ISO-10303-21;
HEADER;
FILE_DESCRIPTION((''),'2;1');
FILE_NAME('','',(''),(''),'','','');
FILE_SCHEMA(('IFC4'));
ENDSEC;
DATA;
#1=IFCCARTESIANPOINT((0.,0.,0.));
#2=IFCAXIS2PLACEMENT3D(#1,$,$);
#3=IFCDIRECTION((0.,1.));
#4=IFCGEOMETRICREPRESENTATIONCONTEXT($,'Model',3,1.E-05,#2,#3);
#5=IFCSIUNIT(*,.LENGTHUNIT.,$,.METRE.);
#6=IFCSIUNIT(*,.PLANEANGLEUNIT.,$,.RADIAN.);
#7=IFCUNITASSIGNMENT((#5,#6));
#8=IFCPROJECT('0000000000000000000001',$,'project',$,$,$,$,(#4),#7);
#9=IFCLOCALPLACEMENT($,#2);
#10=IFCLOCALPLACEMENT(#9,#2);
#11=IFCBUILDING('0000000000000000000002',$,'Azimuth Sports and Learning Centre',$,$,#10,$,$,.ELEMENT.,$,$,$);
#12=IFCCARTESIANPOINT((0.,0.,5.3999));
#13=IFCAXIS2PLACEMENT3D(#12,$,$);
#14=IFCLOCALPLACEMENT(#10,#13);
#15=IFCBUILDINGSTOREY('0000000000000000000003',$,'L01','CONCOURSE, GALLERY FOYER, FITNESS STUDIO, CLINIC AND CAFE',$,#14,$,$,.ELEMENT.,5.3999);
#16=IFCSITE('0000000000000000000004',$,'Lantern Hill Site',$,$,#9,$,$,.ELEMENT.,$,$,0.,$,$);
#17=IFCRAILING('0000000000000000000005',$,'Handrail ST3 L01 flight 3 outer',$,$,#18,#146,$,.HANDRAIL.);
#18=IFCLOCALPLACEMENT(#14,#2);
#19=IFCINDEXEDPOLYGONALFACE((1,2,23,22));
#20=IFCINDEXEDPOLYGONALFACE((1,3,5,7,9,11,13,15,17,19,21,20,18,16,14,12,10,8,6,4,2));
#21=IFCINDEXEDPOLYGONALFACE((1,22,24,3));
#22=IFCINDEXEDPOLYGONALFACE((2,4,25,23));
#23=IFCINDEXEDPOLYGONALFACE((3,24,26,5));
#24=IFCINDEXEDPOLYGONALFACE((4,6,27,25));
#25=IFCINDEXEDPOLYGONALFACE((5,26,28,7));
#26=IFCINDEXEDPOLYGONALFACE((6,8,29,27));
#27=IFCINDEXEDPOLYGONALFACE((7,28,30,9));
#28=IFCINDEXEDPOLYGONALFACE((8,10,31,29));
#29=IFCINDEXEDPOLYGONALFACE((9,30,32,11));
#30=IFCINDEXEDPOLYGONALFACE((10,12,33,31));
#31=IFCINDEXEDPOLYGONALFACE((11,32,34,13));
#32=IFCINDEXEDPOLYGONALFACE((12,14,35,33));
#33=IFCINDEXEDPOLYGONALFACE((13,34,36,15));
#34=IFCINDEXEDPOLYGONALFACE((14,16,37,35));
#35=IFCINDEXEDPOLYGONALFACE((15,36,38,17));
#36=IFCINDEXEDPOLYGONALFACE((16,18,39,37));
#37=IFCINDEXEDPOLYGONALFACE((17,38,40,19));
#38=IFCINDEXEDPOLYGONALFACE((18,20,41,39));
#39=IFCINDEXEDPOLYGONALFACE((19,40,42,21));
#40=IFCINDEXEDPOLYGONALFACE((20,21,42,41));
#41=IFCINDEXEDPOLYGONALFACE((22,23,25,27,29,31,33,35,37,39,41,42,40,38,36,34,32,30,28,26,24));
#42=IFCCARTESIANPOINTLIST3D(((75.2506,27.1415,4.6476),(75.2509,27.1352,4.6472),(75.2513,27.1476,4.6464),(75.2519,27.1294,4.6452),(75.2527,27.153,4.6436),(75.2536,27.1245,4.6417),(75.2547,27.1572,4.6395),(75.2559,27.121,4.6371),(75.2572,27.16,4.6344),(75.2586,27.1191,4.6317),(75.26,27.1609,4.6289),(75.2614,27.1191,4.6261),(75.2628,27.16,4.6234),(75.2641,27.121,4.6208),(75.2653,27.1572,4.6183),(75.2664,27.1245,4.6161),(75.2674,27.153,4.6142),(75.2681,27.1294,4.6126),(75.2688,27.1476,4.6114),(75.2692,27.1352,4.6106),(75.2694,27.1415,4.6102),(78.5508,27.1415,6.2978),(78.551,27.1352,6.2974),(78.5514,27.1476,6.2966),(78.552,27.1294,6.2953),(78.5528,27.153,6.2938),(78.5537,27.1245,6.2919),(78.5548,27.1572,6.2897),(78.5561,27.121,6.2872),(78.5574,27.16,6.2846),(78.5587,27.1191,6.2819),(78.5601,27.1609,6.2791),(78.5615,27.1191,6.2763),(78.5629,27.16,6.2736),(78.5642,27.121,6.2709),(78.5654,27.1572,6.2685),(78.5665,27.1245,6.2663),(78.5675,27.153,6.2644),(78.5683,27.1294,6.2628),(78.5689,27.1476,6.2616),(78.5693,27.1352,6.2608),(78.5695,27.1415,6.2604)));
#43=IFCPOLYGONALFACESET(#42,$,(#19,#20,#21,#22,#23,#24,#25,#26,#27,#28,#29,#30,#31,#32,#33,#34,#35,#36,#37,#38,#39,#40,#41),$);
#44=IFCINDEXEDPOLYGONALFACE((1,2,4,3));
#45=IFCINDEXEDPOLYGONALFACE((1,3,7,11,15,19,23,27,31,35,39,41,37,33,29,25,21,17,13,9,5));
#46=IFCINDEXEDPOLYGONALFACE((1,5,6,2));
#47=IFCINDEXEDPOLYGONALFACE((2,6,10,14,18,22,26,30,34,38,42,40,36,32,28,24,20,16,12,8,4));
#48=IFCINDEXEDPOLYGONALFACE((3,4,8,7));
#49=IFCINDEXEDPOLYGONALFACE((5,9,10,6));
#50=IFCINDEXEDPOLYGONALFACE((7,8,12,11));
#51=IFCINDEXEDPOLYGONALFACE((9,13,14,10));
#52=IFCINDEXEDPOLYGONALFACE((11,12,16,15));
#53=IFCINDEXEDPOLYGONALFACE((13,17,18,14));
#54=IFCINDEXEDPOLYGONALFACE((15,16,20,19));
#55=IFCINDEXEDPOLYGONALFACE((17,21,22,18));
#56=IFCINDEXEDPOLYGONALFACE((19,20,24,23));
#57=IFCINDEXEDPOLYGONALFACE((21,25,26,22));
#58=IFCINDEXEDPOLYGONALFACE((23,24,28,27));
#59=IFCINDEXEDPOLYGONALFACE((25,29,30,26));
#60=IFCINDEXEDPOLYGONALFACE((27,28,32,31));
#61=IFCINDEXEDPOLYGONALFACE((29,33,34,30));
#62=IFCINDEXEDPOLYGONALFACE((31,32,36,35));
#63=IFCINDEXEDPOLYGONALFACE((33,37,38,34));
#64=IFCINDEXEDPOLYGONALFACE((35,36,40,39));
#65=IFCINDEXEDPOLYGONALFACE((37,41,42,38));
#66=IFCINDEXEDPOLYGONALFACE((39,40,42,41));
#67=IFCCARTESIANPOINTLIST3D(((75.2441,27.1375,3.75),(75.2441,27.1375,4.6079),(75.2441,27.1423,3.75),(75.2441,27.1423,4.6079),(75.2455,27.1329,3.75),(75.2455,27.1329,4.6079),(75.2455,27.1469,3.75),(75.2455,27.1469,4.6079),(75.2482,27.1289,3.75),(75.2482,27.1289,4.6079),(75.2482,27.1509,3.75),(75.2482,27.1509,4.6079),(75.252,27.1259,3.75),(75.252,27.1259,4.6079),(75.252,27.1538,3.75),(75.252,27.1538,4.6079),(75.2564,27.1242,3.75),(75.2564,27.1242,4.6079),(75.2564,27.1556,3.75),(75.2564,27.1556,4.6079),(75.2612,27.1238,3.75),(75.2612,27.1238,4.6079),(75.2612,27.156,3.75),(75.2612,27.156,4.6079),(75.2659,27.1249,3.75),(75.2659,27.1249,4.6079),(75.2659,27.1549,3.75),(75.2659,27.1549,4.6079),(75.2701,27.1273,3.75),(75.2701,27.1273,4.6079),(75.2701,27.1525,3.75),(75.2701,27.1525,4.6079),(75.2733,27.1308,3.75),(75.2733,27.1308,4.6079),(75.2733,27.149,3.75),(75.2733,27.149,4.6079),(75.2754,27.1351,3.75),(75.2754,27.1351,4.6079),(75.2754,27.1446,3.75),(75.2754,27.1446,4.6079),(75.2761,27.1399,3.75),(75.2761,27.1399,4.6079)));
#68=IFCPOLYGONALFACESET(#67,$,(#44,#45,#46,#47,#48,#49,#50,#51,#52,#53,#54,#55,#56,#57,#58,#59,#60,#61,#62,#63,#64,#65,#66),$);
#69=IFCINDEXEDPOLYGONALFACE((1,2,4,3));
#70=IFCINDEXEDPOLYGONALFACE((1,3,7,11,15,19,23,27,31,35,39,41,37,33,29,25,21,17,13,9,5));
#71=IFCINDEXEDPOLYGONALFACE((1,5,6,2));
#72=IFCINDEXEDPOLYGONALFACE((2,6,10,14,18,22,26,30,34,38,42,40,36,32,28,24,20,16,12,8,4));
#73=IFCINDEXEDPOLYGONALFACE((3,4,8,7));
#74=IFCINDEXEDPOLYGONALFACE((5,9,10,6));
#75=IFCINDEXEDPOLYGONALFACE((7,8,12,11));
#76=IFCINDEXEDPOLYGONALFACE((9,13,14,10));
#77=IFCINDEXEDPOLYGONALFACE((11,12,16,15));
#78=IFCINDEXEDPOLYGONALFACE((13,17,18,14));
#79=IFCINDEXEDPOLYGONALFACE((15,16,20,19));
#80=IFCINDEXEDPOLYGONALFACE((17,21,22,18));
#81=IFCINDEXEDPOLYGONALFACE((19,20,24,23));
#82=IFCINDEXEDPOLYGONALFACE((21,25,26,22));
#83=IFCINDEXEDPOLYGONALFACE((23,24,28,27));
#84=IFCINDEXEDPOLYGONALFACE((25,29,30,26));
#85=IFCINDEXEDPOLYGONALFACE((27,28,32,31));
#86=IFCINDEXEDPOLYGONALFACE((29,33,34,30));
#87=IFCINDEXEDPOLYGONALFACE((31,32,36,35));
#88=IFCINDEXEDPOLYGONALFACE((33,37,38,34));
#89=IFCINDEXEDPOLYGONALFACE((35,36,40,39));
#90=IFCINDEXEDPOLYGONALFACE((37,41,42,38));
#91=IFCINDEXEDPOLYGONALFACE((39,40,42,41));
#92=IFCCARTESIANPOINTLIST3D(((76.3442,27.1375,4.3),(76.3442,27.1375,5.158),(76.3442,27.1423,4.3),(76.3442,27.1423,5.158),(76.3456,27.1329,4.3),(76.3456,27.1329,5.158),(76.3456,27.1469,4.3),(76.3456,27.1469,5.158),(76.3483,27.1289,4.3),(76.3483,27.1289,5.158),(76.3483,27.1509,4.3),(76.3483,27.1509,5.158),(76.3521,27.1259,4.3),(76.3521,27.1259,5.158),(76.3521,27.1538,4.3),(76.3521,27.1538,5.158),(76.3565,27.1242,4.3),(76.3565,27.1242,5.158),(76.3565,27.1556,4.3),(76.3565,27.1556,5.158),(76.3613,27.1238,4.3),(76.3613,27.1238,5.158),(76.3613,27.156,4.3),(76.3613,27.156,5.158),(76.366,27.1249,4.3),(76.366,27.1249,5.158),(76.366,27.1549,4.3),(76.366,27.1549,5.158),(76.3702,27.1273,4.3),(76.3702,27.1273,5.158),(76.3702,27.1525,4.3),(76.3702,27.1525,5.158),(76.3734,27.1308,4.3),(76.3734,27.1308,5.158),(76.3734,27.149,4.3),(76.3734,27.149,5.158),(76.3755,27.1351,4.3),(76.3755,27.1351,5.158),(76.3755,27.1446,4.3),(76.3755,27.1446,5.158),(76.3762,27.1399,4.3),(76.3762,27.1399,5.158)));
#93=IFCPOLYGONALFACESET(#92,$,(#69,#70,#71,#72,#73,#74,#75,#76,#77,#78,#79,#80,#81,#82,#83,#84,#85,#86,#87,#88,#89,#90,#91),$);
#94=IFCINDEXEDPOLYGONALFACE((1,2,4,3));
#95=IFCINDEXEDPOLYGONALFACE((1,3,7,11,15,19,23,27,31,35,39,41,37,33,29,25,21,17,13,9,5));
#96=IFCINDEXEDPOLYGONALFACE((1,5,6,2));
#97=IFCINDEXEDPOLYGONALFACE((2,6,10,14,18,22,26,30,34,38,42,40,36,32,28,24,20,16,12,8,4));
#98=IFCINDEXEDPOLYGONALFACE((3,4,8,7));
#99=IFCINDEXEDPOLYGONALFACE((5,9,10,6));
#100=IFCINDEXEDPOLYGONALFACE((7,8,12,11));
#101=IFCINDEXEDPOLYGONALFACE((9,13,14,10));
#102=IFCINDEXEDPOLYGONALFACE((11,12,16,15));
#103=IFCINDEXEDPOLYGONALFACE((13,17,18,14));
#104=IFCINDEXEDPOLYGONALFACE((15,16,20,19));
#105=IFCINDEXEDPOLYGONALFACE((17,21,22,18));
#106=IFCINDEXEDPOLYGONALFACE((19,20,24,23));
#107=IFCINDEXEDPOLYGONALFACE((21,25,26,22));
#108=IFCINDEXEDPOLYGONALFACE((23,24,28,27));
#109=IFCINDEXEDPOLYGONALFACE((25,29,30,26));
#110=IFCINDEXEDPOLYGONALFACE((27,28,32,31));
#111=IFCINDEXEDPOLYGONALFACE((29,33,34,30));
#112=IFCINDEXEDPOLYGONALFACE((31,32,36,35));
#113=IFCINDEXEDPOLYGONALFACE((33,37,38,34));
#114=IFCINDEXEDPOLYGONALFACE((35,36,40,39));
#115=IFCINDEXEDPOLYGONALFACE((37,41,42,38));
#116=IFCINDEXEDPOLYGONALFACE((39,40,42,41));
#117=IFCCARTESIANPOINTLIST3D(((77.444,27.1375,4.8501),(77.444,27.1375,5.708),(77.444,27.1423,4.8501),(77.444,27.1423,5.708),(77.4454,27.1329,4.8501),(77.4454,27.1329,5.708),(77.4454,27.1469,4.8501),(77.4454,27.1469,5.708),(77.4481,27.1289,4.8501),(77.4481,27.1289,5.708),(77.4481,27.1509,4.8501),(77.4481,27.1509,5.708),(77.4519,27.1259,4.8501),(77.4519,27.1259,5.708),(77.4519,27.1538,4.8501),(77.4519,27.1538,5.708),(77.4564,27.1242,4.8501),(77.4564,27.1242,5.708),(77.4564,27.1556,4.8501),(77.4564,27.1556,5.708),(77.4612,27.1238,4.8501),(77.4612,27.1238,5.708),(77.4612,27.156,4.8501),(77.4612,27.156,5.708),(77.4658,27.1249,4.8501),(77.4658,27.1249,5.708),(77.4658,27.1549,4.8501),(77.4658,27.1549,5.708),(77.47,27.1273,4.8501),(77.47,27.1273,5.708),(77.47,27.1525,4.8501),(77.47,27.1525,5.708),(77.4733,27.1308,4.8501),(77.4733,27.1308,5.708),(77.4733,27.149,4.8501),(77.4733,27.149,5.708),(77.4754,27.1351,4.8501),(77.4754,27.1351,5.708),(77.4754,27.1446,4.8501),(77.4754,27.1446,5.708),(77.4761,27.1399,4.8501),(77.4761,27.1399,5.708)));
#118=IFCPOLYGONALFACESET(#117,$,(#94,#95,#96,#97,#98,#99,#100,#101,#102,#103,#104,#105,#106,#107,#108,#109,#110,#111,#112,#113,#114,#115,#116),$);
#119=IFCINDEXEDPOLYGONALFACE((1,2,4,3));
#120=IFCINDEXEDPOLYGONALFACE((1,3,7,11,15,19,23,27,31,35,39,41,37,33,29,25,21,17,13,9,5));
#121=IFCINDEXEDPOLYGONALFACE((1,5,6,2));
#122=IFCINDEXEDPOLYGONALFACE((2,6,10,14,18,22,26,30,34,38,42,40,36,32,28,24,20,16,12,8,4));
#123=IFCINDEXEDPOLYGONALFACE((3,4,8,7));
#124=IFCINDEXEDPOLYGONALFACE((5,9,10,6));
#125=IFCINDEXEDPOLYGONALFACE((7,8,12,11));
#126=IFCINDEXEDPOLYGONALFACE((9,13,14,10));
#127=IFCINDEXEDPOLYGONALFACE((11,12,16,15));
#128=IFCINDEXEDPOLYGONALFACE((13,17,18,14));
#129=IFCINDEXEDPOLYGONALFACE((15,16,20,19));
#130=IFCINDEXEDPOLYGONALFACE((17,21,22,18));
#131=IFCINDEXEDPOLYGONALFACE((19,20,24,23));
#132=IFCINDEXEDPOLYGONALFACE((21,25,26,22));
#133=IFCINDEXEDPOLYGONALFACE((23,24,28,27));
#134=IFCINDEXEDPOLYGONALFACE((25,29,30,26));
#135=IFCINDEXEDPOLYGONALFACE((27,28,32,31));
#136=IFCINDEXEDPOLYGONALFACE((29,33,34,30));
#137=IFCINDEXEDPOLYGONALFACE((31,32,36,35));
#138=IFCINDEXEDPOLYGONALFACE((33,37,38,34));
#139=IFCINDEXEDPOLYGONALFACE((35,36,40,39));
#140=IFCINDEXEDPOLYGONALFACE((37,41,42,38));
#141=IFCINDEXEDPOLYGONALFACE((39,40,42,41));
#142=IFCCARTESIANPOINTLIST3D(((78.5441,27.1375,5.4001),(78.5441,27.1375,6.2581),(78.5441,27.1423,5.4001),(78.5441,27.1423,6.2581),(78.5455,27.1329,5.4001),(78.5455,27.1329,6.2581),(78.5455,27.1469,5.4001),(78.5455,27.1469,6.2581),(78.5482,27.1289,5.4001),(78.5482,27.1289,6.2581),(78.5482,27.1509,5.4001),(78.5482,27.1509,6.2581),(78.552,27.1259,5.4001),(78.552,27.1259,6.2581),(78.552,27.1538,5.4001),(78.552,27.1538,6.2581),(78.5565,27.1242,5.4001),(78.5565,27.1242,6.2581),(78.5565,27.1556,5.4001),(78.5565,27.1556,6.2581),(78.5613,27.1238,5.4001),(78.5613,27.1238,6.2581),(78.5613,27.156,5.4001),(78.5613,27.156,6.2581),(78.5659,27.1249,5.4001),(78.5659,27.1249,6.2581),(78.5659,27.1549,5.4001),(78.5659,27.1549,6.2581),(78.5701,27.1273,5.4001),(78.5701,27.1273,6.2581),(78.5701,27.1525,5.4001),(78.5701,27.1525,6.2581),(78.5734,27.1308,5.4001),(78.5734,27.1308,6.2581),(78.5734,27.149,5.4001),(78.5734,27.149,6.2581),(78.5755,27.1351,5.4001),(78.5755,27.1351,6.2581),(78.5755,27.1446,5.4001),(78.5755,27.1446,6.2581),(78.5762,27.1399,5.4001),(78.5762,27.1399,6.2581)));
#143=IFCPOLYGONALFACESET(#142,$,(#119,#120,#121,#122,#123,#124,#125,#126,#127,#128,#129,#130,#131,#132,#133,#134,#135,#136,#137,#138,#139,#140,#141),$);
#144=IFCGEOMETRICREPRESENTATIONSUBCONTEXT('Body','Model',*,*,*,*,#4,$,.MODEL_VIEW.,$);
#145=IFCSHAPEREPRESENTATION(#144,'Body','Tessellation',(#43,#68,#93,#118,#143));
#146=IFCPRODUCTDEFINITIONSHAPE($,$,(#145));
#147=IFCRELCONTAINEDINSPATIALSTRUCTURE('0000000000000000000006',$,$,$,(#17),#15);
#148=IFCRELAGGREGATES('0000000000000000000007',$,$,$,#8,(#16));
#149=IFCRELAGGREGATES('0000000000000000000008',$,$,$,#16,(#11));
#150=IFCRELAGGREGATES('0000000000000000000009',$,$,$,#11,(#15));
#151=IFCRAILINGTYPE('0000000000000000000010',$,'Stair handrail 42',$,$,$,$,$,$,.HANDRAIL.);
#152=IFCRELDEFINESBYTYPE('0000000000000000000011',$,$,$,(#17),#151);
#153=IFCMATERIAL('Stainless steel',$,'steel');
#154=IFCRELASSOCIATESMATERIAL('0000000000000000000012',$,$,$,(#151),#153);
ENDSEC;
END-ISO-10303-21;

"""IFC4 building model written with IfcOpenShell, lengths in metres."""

from ifc_helpers import new_model, si_unit, direction, frame, origin, origin_2d, place, context, subcontext, project, spatial, circle, extrude, material, type_object, element, save


model = new_model("IFC4")

# Units and contexts
model_context = context("Model", 3, precision=1e-05, world=origin(), true_north=direction((0.0, 1.0)))
body_context = subcontext(model_context, "Body", "Model", "MODEL_VIEW")
ifc_project = project(units=[si_unit("LENGTHUNIT", "METRE"), si_unit("PLANEANGLEUNIT", "RADIAN")], contexts=[model_context])

# Site, building, storey
site_placement = place(None, origin())
site = spatial("IfcSite", under=ifc_project, at=site_placement, Name="Lantern Hill Site", CompositionType="ELEMENT", RefElevation=0.0)
building_placement = place(site_placement, origin())
building = spatial("IfcBuilding", under=site, at=building_placement, Name="Azimuth Sports and Learning Centre", CompositionType="ELEMENT")
storey_placement = place(building_placement, frame((0.0, 0.0, 5.3999)))
storey = spatial("IfcBuildingStorey", under=building, at=storey_placement, Name="L01", Description="CONCOURSE, GALLERY FOYER, FITNESS STUDIO, CLINIC AND CAFE", CompositionType="ELEMENT", Elevation=5.3999)

# Railing
ifc_material_1 = material(Name="Stainless steel", Category="steel")
railing_type_1 = type_object("IfcRailingType", Name="Stair handrail 42", PredefinedType="HANDRAIL", material=ifc_material_1)
for number, where, name in (
    (1, (75.26, 27.1399, 3.75), "Handrail ST3 L01 flight 3 outer"),
):
    element("IfcRailing", number, at=place(storey_placement, frame(where)), inside=storey, type_object=railing_type_1, Name=name, PredefinedType="HANDRAIL", context=body_context, shape_type="SweptSolid", body=[
        extrude(circle(Radius=0.021, at=origin_2d()), frame((0.0, 0.0, 0.8789), z_axis=(0.894414, 0.0, 0.44724), x_axis=(0.0, 1.0, 0.0)), (0.0, 0.0, 1.0), 3.6897),
        extrude(circle(Radius=0.0161, at=origin_2d()), origin(), (0.0, 0.0, 1.0), 0.8579),
        extrude(circle(Radius=0.0161, at=origin_2d()), frame((1.1001, 0.0, 0.55)), (0.0, 0.0, 1.0), 0.8579),
        extrude(circle(Radius=0.0161, at=origin_2d()), frame((2.2, 0.0, 1.1001)), (0.0, 0.0, 1.0), 0.8579),
        extrude(circle(Radius=0.0161, at=origin_2d()), frame((3.3, 0.0, 1.6501)), (0.0, 0.0, 1.0), 0.8579),
    ])

save(model, "model.ifc")
